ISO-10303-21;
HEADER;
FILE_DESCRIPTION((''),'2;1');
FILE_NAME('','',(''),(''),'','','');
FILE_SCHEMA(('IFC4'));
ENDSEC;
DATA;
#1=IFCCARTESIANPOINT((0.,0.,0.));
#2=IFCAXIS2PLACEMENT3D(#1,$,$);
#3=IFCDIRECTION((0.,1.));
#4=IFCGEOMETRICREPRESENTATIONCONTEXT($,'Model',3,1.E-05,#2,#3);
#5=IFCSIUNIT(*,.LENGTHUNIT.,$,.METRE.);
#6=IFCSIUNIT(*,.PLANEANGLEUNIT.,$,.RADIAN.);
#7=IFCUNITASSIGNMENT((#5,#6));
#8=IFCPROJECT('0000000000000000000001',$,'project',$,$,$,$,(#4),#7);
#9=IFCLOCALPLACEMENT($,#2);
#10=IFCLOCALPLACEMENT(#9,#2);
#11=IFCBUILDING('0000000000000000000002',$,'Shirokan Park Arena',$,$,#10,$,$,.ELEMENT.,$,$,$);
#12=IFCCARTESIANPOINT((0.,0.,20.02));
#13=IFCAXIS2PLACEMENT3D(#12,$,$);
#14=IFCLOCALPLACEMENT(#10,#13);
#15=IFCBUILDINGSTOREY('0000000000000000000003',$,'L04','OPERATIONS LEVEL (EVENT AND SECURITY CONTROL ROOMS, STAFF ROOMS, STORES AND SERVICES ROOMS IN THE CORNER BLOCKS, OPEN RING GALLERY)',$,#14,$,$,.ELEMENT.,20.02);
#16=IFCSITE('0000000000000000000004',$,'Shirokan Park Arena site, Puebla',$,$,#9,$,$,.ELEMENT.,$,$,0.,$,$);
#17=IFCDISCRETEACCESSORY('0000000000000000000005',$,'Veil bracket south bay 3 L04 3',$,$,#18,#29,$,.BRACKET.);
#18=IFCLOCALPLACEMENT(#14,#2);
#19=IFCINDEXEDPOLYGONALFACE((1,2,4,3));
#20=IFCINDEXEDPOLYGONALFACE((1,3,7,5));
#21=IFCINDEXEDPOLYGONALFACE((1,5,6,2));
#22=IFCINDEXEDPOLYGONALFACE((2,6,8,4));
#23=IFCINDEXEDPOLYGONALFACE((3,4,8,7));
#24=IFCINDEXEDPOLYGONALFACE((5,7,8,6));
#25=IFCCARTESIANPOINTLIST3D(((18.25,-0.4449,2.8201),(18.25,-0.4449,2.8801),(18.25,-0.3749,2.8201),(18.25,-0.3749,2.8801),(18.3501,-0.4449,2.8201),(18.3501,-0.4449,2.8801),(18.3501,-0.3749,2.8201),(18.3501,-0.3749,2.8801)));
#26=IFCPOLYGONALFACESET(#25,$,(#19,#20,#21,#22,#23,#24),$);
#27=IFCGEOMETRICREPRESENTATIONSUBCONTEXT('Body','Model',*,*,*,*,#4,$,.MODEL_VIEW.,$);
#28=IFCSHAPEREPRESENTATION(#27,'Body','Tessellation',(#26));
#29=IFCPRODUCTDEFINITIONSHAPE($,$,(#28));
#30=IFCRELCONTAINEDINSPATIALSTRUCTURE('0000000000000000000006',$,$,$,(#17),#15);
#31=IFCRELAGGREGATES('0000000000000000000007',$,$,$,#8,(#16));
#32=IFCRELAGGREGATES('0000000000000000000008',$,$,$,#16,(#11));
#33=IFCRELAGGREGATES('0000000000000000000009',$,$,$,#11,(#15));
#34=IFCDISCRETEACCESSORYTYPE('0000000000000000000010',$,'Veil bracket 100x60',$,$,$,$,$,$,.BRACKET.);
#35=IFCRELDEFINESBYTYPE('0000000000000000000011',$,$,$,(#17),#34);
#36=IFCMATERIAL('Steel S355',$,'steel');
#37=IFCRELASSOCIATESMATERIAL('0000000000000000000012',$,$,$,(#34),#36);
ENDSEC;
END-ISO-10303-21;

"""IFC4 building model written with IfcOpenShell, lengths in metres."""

from ifc_helpers import new_model, si_unit, direction, frame, origin, origin_2d, place, context, subcontext, project, spatial, rectangle, extrude, material, type_object, element, save


model = new_model("IFC4")

# Units and contexts
model_context = context("Model", 3, precision=1e-05, world=origin(), true_north=direction((0.0, 1.0)))
body_context = subcontext(model_context, "Body", "Model", "MODEL_VIEW")
ifc_project = project(units=[si_unit("LENGTHUNIT", "METRE"), si_unit("PLANEANGLEUNIT", "RADIAN")], contexts=[model_context])

# Site, building, storey
site_placement = place(None, origin())
site = spatial("IfcSite", under=ifc_project, at=site_placement, Name="Shirokan Park Arena site, Puebla", CompositionType="ELEMENT", RefElevation=0.0)
building_placement = place(site_placement, origin())
building = spatial("IfcBuilding", under=site, at=building_placement, Name="Shirokan Park Arena", CompositionType="ELEMENT")
storey_placement = place(building_placement, frame((0.0, 0.0, 20.02)))
storey = spatial("IfcBuildingStorey", under=building, at=storey_placement, Name="L04", Description="OPERATIONS LEVEL (EVENT AND SECURITY CONTROL ROOMS, STAFF ROOMS, STORES AND SERVICES ROOMS IN THE CORNER BLOCKS, OPEN RING GALLERY)", CompositionType="ELEMENT", Elevation=20.02)

# Shared definitions
ifc_material_1 = material(Name="Steel S355", Category="steel")

# Discrete accessory
discrete_accessory_type = type_object("IfcDiscreteAccessoryType", Name="Veil bracket 100x60", PredefinedType="BRACKET", material=ifc_material_1)
for number, where, z_axis, x_axis, name in (
    (1, (18.3, -0.4099, 2.8201), (0.0, 0.0, 1.0), (1.0, 0.0, 0.0), "Veil bracket south bay 3 L04 3"),
):
    element("IfcDiscreteAccessory", number, at=place(storey_placement, frame(where, z_axis=z_axis, x_axis=x_axis)), inside=storey, type_object=discrete_accessory_type, Name=name, PredefinedType="BRACKET", context=body_context, shape_type="SweptSolid", body=[
        extrude(rectangle(XDim=0.1001, YDim=0.0701, at=origin_2d()), origin(), (0.0, 0.0, 1.0), 0.0601),
    ])

save(model, "model.ifc")
